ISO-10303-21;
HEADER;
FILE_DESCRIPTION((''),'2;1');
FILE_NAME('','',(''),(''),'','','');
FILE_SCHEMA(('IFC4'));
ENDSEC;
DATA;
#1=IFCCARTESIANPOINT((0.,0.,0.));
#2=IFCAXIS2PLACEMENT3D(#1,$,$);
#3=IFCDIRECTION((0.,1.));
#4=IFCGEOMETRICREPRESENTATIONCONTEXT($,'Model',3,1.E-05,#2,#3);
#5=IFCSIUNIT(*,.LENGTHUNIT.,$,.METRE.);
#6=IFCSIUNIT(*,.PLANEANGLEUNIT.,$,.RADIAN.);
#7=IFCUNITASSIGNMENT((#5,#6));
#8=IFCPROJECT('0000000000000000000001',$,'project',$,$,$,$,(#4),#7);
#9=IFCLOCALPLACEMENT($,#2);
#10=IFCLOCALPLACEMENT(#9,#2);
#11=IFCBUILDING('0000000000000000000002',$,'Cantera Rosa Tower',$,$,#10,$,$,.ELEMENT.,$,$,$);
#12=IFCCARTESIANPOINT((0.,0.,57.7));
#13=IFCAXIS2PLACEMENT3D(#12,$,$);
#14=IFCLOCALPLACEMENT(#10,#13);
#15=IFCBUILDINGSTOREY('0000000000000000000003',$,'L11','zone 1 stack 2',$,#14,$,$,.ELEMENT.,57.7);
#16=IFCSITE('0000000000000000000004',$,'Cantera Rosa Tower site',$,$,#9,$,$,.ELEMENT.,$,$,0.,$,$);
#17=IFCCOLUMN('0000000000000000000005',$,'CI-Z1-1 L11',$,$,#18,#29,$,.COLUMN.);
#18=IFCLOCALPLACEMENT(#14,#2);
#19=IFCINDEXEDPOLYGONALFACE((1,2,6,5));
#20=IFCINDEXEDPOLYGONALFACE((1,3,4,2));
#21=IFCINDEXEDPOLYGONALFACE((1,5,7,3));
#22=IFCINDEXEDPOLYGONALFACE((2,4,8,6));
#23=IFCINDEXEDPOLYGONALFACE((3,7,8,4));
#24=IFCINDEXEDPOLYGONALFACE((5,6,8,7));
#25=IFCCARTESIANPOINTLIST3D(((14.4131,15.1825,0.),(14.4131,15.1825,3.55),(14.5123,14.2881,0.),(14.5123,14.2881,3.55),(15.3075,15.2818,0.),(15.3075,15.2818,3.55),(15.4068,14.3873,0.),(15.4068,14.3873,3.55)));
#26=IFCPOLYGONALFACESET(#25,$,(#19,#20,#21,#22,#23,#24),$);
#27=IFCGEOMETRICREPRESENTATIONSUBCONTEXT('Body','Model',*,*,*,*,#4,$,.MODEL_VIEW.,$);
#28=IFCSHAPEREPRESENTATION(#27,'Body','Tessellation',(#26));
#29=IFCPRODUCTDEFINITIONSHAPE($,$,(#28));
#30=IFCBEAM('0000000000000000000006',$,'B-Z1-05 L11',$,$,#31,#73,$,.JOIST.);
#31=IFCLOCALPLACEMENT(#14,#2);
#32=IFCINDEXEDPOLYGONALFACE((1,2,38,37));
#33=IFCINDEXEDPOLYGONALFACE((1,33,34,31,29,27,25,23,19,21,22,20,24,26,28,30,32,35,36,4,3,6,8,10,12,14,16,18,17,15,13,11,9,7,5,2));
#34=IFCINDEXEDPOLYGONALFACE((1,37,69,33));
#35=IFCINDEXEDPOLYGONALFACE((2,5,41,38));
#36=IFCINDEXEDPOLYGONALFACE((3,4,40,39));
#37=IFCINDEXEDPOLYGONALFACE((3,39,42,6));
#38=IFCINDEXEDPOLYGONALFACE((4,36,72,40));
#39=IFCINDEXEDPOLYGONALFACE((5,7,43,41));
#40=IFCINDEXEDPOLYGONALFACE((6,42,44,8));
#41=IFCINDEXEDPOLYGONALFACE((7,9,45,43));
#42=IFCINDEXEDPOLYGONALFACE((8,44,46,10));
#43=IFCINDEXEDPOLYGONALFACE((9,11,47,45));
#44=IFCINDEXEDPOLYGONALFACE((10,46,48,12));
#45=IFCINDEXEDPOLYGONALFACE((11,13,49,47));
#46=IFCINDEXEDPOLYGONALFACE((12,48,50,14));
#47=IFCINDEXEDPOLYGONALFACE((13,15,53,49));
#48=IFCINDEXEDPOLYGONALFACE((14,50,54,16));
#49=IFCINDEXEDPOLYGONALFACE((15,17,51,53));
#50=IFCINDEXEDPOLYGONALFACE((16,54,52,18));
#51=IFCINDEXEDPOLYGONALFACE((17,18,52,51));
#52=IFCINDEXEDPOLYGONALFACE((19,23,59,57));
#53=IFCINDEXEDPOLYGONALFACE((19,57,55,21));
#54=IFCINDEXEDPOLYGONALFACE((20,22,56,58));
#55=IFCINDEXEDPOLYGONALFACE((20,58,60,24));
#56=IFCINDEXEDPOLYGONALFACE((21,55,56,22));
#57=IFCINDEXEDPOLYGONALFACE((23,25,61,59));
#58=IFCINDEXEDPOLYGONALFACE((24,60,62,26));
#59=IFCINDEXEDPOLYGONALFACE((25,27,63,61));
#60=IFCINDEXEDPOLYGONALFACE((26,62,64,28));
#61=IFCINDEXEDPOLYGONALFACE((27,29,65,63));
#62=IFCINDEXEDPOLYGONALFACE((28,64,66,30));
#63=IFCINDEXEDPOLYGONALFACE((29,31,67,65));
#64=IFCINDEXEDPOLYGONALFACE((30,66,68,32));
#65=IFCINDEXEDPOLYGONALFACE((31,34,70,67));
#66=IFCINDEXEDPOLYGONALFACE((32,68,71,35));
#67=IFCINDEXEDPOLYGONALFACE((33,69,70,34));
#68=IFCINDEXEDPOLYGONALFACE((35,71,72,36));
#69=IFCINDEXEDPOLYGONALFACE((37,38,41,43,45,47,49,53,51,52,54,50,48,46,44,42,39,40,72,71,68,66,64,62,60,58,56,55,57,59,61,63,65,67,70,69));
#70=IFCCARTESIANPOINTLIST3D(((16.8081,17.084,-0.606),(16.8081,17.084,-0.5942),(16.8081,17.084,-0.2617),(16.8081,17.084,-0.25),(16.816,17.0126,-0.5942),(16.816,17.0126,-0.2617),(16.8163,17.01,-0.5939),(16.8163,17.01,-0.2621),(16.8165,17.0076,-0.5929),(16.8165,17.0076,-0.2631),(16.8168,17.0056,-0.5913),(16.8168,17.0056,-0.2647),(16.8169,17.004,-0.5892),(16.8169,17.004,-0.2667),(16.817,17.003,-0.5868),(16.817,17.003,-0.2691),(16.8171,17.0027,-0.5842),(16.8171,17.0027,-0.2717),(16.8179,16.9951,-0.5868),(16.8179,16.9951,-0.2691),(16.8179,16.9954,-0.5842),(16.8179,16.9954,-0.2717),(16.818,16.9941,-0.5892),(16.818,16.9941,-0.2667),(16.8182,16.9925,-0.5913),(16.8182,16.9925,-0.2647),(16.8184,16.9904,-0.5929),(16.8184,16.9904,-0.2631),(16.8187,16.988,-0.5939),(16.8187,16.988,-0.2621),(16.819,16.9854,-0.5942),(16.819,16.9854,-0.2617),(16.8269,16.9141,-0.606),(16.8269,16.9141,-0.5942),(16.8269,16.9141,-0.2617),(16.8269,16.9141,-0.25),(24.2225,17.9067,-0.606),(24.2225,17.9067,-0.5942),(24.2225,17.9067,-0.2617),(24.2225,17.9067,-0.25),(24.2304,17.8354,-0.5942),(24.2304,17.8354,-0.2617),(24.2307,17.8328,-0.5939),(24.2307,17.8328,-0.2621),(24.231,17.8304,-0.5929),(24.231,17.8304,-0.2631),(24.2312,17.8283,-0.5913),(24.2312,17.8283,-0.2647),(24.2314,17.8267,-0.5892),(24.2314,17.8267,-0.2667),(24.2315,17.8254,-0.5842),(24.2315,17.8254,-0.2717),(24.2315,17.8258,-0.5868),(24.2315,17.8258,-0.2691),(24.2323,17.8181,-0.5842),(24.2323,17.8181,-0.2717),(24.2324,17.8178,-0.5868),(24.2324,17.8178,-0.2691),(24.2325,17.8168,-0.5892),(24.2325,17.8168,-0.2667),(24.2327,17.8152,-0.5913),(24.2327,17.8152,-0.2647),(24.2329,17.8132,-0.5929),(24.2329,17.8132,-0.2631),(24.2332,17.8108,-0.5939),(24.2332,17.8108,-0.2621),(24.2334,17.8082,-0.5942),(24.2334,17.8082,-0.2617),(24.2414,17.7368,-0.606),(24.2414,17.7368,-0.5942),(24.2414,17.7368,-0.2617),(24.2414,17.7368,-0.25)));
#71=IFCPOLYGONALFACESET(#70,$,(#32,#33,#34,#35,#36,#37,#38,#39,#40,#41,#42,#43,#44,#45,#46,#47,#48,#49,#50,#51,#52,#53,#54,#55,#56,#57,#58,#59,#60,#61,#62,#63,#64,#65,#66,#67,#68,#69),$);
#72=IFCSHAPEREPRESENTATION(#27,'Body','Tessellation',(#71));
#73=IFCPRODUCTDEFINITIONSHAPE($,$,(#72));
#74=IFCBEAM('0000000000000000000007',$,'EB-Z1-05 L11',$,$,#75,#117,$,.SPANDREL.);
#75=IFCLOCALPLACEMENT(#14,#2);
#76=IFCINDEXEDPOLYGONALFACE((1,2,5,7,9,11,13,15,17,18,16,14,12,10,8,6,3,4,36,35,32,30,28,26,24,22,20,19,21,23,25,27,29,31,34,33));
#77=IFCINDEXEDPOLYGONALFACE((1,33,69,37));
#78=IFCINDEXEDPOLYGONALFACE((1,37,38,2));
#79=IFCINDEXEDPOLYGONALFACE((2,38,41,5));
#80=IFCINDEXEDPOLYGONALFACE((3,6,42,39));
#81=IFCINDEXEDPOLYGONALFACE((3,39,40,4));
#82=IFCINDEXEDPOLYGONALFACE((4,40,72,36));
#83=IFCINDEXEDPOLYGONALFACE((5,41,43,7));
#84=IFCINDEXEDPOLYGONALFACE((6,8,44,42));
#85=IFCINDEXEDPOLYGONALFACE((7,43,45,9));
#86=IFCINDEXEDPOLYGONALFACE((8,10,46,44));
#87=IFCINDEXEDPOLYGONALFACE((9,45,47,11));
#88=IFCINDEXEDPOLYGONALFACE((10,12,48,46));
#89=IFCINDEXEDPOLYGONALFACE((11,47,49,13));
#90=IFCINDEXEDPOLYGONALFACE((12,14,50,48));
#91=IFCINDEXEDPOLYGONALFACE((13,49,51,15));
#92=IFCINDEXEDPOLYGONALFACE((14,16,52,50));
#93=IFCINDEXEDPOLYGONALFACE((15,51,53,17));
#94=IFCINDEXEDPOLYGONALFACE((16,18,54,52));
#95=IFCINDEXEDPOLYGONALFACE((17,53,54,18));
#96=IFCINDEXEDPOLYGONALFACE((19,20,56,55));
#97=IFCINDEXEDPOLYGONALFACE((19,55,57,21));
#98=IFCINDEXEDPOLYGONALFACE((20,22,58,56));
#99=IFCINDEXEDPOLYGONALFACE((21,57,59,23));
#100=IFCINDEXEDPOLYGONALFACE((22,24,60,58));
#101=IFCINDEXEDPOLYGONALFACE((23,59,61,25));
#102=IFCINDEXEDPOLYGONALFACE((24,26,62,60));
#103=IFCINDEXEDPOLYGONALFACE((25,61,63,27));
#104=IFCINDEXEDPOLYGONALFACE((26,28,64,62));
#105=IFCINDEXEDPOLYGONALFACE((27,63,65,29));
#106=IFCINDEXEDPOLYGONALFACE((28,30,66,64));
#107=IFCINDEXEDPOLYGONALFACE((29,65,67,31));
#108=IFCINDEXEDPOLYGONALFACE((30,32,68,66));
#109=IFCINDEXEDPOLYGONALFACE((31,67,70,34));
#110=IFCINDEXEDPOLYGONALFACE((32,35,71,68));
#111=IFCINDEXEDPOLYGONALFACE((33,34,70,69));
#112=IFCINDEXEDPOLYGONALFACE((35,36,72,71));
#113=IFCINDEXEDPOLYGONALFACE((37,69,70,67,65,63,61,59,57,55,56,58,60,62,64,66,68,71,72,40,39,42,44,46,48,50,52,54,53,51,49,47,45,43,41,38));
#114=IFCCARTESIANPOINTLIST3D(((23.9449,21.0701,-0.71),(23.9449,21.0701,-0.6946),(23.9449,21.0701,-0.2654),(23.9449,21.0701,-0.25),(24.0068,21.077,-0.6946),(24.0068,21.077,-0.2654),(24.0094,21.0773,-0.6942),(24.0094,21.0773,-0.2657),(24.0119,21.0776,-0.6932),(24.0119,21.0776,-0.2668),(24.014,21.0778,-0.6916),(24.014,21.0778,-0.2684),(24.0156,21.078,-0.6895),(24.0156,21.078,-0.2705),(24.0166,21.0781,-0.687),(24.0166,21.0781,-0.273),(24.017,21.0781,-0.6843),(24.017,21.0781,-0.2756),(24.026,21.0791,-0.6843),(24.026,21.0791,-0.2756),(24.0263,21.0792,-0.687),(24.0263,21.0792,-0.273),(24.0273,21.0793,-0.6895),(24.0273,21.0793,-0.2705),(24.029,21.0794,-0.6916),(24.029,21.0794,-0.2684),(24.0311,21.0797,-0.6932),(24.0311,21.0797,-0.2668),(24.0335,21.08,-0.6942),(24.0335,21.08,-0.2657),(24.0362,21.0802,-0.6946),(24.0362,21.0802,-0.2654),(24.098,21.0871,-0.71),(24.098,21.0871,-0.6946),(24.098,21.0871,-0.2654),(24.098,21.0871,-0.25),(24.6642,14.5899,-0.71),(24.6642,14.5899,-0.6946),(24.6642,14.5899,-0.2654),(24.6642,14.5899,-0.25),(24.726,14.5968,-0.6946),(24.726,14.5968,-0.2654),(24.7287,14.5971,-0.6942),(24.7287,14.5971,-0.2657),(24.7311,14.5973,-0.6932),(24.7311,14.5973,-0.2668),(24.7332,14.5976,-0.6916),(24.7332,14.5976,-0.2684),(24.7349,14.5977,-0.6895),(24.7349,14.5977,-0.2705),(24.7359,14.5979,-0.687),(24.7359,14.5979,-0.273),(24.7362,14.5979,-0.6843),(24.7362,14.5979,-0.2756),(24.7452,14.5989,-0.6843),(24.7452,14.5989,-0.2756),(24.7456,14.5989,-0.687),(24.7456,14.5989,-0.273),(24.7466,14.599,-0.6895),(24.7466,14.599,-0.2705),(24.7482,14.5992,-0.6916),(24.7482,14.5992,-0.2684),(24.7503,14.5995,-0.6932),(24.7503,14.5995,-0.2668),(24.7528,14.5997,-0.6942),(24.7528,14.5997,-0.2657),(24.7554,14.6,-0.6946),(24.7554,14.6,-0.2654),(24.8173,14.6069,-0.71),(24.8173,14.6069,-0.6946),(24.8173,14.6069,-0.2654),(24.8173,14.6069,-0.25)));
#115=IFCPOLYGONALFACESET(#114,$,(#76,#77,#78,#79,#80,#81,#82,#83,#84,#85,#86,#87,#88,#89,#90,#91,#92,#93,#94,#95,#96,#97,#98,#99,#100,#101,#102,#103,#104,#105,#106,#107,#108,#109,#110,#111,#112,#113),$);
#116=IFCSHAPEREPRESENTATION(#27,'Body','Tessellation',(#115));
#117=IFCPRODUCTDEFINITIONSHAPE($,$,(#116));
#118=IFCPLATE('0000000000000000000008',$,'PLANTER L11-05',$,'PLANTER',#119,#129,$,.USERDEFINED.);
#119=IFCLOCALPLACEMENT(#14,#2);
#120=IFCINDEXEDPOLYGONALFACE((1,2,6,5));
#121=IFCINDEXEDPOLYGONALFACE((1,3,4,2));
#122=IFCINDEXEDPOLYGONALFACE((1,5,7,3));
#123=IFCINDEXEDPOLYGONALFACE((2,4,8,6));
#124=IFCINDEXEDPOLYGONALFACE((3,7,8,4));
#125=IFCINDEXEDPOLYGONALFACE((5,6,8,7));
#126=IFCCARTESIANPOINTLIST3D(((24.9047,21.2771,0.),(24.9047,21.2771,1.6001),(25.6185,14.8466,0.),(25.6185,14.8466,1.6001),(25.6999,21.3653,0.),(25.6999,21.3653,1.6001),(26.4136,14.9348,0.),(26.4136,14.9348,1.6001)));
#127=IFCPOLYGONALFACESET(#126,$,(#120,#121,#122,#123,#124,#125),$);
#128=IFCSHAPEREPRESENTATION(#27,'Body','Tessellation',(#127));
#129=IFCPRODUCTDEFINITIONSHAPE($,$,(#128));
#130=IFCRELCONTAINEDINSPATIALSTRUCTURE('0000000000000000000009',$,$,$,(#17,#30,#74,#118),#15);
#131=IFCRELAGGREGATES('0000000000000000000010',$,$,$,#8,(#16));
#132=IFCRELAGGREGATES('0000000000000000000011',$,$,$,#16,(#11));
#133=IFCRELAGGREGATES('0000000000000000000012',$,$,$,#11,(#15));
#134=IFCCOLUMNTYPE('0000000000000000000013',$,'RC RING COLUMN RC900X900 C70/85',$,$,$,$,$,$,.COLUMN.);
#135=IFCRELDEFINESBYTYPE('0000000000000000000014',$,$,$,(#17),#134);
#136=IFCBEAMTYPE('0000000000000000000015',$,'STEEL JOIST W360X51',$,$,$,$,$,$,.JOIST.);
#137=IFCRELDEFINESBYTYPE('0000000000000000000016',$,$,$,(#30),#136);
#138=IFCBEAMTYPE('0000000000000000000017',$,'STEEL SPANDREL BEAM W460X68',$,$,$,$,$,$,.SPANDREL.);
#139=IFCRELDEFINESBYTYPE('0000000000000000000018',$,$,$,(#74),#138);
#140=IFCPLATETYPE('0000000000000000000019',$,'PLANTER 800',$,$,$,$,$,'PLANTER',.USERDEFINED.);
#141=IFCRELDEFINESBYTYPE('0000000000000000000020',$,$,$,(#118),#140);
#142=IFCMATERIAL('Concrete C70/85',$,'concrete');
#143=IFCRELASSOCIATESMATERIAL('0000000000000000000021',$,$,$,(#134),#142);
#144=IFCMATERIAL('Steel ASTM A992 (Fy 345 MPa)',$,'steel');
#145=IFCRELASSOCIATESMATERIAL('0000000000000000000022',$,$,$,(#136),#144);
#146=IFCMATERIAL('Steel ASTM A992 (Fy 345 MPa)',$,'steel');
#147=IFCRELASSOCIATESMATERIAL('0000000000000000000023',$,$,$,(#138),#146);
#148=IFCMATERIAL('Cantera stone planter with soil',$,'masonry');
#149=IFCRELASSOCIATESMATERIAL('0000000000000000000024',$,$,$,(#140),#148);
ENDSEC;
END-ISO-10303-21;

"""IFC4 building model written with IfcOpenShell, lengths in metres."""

from ifc_helpers import new_model, si_unit, direction, frame, origin, origin_2d, place, context, subcontext, project, spatial, rectangle, i_section, extrude, material, material_profile, profile_set, type_object, element, save


model = new_model("IFC4")

# Units and contexts
model_context = context("Model", 3, precision=1e-05, world=origin(), true_north=direction((0.0, 1.0)))
body_context = subcontext(model_context, "Body", "Model", "MODEL_VIEW")
ifc_project = project(units=[si_unit("LENGTHUNIT", "METRE"), si_unit("PLANEANGLEUNIT", "RADIAN")], contexts=[model_context])

# Site, building, storey
site_placement = place(None, origin())
site = spatial("IfcSite", under=ifc_project, at=site_placement, Name="Cantera Rosa Tower site", CompositionType="ELEMENT", RefElevation=0.0)
building_placement = place(site_placement, origin())
building = spatial("IfcBuilding", under=site, at=building_placement, Name="Cantera Rosa Tower", CompositionType="ELEMENT")
storey_placement = place(building_placement, frame((0.0, 0.0, 57.7)))
storey = spatial("IfcBuildingStorey", under=building, at=storey_placement, Name="L11", Description="zone 1 stack 2", CompositionType="ELEMENT", Elevation=57.7)

# Column
ifc_material_1 = material(Name="Concrete C70/85", Category="concrete")
ifc_material_profile_1 = material_profile(ifc_material_1, rectangle(XDim=0.8999, YDim=0.8999, at=origin_2d()), Name="RC RING COLUMN RC900X900 C70/85")
ifc_profile_set_1 = profile_set([ifc_material_profile_1], Name="Concrete C70/85")
column_type = type_object("IfcColumnType", Name="RC RING COLUMN RC900X900 C70/85", PredefinedType="COLUMN", material=ifc_profile_set_1)
column_placement = place(storey_placement, frame((14.9099, 14.7849, 0.0), z_axis=(0.0, 0.0, 1.0), x_axis=(0.993897, 0.110313, 0.0)))
element("IfcColumn", 1, at=column_placement, inside=storey, type_object=column_type, Name="CI-Z1-1 L11", PredefinedType="COLUMN", context=body_context, shape_type="SweptSolid", body=[
    extrude(rectangle(XDim=0.8999, YDim=0.8999, at=origin_2d()), origin(), (0.0, 0.0, 1.0), 3.55),
])

# Beams
ifc_material_2 = material(Name="Steel ASTM A992 (Fy 345 MPa)", Category="steel")
ifc_material_profile_2 = material_profile(ifc_material_2, i_section(OverallWidth=0.1709, OverallDepth=0.356, WebThickness=0.0073, FlangeThickness=0.0117, FilletRadius=0.01, at=origin_2d()), Name="W360X51")
ifc_profile_set_2 = profile_set([ifc_material_profile_2], Name="Steel ASTM A992 (Fy 345 MPa)")
beam_type_1 = type_object("IfcBeamType", Name="STEEL JOIST W360X51", PredefinedType="JOIST", material=ifc_profile_set_2)
beam_1_placement = place(storey_placement, frame((24.2319, 17.8218, -0.428), z_axis=(-0.9939, -0.110288, 0.0), x_axis=(0.110288, -0.9939, 0.0)))
element("IfcBeam", 2, at=beam_1_placement, inside=storey, type_object=beam_type_1, Name="B-Z1-05 L11", PredefinedType="JOIST", context=body_context, shape_type="SweptSolid", body=[
    extrude(i_section(OverallWidth=0.1709, OverallDepth=0.356, WebThickness=0.0073, FlangeThickness=0.0117, FilletRadius=0.01, at=origin_2d()), origin(), (0.0, 0.0, 1.0), 7.46),
])
ifc_material_3 = material(Name="Steel ASTM A992 (Fy 345 MPa)", Category="steel")
ifc_material_profile_3 = material_profile(ifc_material_3, i_section(OverallWidth=0.1541, OverallDepth=0.46, WebThickness=0.009, FlangeThickness=0.0154, FilletRadius=0.0103, at=origin_2d()), Name="W460X68")
ifc_profile_set_3 = profile_set([ifc_material_profile_3], Name="Steel ASTM A992 (Fy 345 MPa)")
beam_type_2 = type_object("IfcBeamType", Name="STEEL SPANDREL BEAM W460X68", PredefinedType="SPANDREL", material=ifc_profile_set_3)
beam_2_placement = place(storey_placement, frame((24.7407, 14.5984, -0.48), z_axis=(-0.110312, 0.993897, 0.0), x_axis=(-0.993897, -0.110312, 0.0)))
element("IfcBeam", 3, at=beam_2_placement, inside=storey, type_object=beam_type_2, Name="EB-Z1-05 L11", PredefinedType="SPANDREL", context=body_context, shape_type="SweptSolid", body=[
    extrude(i_section(OverallWidth=0.1541, OverallDepth=0.46, WebThickness=0.009, FlangeThickness=0.0154, FilletRadius=0.0103, at=origin_2d()), origin(), (0.0, 0.0, 1.0), 6.52),
])

# Plate
ifc_material_4 = material(Name="Cantera stone planter with soil", Category="masonry")
plate_type = type_object("IfcPlateType", Name="PLANTER 800", ElementType="PLANTER", PredefinedType="USERDEFINED", material=ifc_material_4)
plate_placement = place(storey_placement, frame((25.6592, 18.106, 0.0), z_axis=(0.0, 0.0, 1.0), x_axis=(-0.110313, 0.993897, 0.0)))
element("IfcPlate", 4, at=plate_placement, inside=storey, type_object=plate_type, Name="PLANTER L11-05", ObjectType="PLANTER", PredefinedType="USERDEFINED", context=body_context, shape_type="SweptSolid", body=[
    extrude(rectangle(XDim=6.47, YDim=0.8, at=origin_2d()), origin(), (0.0, 0.0, 1.0), 1.6001),
])

save(model, "model.ifc")
